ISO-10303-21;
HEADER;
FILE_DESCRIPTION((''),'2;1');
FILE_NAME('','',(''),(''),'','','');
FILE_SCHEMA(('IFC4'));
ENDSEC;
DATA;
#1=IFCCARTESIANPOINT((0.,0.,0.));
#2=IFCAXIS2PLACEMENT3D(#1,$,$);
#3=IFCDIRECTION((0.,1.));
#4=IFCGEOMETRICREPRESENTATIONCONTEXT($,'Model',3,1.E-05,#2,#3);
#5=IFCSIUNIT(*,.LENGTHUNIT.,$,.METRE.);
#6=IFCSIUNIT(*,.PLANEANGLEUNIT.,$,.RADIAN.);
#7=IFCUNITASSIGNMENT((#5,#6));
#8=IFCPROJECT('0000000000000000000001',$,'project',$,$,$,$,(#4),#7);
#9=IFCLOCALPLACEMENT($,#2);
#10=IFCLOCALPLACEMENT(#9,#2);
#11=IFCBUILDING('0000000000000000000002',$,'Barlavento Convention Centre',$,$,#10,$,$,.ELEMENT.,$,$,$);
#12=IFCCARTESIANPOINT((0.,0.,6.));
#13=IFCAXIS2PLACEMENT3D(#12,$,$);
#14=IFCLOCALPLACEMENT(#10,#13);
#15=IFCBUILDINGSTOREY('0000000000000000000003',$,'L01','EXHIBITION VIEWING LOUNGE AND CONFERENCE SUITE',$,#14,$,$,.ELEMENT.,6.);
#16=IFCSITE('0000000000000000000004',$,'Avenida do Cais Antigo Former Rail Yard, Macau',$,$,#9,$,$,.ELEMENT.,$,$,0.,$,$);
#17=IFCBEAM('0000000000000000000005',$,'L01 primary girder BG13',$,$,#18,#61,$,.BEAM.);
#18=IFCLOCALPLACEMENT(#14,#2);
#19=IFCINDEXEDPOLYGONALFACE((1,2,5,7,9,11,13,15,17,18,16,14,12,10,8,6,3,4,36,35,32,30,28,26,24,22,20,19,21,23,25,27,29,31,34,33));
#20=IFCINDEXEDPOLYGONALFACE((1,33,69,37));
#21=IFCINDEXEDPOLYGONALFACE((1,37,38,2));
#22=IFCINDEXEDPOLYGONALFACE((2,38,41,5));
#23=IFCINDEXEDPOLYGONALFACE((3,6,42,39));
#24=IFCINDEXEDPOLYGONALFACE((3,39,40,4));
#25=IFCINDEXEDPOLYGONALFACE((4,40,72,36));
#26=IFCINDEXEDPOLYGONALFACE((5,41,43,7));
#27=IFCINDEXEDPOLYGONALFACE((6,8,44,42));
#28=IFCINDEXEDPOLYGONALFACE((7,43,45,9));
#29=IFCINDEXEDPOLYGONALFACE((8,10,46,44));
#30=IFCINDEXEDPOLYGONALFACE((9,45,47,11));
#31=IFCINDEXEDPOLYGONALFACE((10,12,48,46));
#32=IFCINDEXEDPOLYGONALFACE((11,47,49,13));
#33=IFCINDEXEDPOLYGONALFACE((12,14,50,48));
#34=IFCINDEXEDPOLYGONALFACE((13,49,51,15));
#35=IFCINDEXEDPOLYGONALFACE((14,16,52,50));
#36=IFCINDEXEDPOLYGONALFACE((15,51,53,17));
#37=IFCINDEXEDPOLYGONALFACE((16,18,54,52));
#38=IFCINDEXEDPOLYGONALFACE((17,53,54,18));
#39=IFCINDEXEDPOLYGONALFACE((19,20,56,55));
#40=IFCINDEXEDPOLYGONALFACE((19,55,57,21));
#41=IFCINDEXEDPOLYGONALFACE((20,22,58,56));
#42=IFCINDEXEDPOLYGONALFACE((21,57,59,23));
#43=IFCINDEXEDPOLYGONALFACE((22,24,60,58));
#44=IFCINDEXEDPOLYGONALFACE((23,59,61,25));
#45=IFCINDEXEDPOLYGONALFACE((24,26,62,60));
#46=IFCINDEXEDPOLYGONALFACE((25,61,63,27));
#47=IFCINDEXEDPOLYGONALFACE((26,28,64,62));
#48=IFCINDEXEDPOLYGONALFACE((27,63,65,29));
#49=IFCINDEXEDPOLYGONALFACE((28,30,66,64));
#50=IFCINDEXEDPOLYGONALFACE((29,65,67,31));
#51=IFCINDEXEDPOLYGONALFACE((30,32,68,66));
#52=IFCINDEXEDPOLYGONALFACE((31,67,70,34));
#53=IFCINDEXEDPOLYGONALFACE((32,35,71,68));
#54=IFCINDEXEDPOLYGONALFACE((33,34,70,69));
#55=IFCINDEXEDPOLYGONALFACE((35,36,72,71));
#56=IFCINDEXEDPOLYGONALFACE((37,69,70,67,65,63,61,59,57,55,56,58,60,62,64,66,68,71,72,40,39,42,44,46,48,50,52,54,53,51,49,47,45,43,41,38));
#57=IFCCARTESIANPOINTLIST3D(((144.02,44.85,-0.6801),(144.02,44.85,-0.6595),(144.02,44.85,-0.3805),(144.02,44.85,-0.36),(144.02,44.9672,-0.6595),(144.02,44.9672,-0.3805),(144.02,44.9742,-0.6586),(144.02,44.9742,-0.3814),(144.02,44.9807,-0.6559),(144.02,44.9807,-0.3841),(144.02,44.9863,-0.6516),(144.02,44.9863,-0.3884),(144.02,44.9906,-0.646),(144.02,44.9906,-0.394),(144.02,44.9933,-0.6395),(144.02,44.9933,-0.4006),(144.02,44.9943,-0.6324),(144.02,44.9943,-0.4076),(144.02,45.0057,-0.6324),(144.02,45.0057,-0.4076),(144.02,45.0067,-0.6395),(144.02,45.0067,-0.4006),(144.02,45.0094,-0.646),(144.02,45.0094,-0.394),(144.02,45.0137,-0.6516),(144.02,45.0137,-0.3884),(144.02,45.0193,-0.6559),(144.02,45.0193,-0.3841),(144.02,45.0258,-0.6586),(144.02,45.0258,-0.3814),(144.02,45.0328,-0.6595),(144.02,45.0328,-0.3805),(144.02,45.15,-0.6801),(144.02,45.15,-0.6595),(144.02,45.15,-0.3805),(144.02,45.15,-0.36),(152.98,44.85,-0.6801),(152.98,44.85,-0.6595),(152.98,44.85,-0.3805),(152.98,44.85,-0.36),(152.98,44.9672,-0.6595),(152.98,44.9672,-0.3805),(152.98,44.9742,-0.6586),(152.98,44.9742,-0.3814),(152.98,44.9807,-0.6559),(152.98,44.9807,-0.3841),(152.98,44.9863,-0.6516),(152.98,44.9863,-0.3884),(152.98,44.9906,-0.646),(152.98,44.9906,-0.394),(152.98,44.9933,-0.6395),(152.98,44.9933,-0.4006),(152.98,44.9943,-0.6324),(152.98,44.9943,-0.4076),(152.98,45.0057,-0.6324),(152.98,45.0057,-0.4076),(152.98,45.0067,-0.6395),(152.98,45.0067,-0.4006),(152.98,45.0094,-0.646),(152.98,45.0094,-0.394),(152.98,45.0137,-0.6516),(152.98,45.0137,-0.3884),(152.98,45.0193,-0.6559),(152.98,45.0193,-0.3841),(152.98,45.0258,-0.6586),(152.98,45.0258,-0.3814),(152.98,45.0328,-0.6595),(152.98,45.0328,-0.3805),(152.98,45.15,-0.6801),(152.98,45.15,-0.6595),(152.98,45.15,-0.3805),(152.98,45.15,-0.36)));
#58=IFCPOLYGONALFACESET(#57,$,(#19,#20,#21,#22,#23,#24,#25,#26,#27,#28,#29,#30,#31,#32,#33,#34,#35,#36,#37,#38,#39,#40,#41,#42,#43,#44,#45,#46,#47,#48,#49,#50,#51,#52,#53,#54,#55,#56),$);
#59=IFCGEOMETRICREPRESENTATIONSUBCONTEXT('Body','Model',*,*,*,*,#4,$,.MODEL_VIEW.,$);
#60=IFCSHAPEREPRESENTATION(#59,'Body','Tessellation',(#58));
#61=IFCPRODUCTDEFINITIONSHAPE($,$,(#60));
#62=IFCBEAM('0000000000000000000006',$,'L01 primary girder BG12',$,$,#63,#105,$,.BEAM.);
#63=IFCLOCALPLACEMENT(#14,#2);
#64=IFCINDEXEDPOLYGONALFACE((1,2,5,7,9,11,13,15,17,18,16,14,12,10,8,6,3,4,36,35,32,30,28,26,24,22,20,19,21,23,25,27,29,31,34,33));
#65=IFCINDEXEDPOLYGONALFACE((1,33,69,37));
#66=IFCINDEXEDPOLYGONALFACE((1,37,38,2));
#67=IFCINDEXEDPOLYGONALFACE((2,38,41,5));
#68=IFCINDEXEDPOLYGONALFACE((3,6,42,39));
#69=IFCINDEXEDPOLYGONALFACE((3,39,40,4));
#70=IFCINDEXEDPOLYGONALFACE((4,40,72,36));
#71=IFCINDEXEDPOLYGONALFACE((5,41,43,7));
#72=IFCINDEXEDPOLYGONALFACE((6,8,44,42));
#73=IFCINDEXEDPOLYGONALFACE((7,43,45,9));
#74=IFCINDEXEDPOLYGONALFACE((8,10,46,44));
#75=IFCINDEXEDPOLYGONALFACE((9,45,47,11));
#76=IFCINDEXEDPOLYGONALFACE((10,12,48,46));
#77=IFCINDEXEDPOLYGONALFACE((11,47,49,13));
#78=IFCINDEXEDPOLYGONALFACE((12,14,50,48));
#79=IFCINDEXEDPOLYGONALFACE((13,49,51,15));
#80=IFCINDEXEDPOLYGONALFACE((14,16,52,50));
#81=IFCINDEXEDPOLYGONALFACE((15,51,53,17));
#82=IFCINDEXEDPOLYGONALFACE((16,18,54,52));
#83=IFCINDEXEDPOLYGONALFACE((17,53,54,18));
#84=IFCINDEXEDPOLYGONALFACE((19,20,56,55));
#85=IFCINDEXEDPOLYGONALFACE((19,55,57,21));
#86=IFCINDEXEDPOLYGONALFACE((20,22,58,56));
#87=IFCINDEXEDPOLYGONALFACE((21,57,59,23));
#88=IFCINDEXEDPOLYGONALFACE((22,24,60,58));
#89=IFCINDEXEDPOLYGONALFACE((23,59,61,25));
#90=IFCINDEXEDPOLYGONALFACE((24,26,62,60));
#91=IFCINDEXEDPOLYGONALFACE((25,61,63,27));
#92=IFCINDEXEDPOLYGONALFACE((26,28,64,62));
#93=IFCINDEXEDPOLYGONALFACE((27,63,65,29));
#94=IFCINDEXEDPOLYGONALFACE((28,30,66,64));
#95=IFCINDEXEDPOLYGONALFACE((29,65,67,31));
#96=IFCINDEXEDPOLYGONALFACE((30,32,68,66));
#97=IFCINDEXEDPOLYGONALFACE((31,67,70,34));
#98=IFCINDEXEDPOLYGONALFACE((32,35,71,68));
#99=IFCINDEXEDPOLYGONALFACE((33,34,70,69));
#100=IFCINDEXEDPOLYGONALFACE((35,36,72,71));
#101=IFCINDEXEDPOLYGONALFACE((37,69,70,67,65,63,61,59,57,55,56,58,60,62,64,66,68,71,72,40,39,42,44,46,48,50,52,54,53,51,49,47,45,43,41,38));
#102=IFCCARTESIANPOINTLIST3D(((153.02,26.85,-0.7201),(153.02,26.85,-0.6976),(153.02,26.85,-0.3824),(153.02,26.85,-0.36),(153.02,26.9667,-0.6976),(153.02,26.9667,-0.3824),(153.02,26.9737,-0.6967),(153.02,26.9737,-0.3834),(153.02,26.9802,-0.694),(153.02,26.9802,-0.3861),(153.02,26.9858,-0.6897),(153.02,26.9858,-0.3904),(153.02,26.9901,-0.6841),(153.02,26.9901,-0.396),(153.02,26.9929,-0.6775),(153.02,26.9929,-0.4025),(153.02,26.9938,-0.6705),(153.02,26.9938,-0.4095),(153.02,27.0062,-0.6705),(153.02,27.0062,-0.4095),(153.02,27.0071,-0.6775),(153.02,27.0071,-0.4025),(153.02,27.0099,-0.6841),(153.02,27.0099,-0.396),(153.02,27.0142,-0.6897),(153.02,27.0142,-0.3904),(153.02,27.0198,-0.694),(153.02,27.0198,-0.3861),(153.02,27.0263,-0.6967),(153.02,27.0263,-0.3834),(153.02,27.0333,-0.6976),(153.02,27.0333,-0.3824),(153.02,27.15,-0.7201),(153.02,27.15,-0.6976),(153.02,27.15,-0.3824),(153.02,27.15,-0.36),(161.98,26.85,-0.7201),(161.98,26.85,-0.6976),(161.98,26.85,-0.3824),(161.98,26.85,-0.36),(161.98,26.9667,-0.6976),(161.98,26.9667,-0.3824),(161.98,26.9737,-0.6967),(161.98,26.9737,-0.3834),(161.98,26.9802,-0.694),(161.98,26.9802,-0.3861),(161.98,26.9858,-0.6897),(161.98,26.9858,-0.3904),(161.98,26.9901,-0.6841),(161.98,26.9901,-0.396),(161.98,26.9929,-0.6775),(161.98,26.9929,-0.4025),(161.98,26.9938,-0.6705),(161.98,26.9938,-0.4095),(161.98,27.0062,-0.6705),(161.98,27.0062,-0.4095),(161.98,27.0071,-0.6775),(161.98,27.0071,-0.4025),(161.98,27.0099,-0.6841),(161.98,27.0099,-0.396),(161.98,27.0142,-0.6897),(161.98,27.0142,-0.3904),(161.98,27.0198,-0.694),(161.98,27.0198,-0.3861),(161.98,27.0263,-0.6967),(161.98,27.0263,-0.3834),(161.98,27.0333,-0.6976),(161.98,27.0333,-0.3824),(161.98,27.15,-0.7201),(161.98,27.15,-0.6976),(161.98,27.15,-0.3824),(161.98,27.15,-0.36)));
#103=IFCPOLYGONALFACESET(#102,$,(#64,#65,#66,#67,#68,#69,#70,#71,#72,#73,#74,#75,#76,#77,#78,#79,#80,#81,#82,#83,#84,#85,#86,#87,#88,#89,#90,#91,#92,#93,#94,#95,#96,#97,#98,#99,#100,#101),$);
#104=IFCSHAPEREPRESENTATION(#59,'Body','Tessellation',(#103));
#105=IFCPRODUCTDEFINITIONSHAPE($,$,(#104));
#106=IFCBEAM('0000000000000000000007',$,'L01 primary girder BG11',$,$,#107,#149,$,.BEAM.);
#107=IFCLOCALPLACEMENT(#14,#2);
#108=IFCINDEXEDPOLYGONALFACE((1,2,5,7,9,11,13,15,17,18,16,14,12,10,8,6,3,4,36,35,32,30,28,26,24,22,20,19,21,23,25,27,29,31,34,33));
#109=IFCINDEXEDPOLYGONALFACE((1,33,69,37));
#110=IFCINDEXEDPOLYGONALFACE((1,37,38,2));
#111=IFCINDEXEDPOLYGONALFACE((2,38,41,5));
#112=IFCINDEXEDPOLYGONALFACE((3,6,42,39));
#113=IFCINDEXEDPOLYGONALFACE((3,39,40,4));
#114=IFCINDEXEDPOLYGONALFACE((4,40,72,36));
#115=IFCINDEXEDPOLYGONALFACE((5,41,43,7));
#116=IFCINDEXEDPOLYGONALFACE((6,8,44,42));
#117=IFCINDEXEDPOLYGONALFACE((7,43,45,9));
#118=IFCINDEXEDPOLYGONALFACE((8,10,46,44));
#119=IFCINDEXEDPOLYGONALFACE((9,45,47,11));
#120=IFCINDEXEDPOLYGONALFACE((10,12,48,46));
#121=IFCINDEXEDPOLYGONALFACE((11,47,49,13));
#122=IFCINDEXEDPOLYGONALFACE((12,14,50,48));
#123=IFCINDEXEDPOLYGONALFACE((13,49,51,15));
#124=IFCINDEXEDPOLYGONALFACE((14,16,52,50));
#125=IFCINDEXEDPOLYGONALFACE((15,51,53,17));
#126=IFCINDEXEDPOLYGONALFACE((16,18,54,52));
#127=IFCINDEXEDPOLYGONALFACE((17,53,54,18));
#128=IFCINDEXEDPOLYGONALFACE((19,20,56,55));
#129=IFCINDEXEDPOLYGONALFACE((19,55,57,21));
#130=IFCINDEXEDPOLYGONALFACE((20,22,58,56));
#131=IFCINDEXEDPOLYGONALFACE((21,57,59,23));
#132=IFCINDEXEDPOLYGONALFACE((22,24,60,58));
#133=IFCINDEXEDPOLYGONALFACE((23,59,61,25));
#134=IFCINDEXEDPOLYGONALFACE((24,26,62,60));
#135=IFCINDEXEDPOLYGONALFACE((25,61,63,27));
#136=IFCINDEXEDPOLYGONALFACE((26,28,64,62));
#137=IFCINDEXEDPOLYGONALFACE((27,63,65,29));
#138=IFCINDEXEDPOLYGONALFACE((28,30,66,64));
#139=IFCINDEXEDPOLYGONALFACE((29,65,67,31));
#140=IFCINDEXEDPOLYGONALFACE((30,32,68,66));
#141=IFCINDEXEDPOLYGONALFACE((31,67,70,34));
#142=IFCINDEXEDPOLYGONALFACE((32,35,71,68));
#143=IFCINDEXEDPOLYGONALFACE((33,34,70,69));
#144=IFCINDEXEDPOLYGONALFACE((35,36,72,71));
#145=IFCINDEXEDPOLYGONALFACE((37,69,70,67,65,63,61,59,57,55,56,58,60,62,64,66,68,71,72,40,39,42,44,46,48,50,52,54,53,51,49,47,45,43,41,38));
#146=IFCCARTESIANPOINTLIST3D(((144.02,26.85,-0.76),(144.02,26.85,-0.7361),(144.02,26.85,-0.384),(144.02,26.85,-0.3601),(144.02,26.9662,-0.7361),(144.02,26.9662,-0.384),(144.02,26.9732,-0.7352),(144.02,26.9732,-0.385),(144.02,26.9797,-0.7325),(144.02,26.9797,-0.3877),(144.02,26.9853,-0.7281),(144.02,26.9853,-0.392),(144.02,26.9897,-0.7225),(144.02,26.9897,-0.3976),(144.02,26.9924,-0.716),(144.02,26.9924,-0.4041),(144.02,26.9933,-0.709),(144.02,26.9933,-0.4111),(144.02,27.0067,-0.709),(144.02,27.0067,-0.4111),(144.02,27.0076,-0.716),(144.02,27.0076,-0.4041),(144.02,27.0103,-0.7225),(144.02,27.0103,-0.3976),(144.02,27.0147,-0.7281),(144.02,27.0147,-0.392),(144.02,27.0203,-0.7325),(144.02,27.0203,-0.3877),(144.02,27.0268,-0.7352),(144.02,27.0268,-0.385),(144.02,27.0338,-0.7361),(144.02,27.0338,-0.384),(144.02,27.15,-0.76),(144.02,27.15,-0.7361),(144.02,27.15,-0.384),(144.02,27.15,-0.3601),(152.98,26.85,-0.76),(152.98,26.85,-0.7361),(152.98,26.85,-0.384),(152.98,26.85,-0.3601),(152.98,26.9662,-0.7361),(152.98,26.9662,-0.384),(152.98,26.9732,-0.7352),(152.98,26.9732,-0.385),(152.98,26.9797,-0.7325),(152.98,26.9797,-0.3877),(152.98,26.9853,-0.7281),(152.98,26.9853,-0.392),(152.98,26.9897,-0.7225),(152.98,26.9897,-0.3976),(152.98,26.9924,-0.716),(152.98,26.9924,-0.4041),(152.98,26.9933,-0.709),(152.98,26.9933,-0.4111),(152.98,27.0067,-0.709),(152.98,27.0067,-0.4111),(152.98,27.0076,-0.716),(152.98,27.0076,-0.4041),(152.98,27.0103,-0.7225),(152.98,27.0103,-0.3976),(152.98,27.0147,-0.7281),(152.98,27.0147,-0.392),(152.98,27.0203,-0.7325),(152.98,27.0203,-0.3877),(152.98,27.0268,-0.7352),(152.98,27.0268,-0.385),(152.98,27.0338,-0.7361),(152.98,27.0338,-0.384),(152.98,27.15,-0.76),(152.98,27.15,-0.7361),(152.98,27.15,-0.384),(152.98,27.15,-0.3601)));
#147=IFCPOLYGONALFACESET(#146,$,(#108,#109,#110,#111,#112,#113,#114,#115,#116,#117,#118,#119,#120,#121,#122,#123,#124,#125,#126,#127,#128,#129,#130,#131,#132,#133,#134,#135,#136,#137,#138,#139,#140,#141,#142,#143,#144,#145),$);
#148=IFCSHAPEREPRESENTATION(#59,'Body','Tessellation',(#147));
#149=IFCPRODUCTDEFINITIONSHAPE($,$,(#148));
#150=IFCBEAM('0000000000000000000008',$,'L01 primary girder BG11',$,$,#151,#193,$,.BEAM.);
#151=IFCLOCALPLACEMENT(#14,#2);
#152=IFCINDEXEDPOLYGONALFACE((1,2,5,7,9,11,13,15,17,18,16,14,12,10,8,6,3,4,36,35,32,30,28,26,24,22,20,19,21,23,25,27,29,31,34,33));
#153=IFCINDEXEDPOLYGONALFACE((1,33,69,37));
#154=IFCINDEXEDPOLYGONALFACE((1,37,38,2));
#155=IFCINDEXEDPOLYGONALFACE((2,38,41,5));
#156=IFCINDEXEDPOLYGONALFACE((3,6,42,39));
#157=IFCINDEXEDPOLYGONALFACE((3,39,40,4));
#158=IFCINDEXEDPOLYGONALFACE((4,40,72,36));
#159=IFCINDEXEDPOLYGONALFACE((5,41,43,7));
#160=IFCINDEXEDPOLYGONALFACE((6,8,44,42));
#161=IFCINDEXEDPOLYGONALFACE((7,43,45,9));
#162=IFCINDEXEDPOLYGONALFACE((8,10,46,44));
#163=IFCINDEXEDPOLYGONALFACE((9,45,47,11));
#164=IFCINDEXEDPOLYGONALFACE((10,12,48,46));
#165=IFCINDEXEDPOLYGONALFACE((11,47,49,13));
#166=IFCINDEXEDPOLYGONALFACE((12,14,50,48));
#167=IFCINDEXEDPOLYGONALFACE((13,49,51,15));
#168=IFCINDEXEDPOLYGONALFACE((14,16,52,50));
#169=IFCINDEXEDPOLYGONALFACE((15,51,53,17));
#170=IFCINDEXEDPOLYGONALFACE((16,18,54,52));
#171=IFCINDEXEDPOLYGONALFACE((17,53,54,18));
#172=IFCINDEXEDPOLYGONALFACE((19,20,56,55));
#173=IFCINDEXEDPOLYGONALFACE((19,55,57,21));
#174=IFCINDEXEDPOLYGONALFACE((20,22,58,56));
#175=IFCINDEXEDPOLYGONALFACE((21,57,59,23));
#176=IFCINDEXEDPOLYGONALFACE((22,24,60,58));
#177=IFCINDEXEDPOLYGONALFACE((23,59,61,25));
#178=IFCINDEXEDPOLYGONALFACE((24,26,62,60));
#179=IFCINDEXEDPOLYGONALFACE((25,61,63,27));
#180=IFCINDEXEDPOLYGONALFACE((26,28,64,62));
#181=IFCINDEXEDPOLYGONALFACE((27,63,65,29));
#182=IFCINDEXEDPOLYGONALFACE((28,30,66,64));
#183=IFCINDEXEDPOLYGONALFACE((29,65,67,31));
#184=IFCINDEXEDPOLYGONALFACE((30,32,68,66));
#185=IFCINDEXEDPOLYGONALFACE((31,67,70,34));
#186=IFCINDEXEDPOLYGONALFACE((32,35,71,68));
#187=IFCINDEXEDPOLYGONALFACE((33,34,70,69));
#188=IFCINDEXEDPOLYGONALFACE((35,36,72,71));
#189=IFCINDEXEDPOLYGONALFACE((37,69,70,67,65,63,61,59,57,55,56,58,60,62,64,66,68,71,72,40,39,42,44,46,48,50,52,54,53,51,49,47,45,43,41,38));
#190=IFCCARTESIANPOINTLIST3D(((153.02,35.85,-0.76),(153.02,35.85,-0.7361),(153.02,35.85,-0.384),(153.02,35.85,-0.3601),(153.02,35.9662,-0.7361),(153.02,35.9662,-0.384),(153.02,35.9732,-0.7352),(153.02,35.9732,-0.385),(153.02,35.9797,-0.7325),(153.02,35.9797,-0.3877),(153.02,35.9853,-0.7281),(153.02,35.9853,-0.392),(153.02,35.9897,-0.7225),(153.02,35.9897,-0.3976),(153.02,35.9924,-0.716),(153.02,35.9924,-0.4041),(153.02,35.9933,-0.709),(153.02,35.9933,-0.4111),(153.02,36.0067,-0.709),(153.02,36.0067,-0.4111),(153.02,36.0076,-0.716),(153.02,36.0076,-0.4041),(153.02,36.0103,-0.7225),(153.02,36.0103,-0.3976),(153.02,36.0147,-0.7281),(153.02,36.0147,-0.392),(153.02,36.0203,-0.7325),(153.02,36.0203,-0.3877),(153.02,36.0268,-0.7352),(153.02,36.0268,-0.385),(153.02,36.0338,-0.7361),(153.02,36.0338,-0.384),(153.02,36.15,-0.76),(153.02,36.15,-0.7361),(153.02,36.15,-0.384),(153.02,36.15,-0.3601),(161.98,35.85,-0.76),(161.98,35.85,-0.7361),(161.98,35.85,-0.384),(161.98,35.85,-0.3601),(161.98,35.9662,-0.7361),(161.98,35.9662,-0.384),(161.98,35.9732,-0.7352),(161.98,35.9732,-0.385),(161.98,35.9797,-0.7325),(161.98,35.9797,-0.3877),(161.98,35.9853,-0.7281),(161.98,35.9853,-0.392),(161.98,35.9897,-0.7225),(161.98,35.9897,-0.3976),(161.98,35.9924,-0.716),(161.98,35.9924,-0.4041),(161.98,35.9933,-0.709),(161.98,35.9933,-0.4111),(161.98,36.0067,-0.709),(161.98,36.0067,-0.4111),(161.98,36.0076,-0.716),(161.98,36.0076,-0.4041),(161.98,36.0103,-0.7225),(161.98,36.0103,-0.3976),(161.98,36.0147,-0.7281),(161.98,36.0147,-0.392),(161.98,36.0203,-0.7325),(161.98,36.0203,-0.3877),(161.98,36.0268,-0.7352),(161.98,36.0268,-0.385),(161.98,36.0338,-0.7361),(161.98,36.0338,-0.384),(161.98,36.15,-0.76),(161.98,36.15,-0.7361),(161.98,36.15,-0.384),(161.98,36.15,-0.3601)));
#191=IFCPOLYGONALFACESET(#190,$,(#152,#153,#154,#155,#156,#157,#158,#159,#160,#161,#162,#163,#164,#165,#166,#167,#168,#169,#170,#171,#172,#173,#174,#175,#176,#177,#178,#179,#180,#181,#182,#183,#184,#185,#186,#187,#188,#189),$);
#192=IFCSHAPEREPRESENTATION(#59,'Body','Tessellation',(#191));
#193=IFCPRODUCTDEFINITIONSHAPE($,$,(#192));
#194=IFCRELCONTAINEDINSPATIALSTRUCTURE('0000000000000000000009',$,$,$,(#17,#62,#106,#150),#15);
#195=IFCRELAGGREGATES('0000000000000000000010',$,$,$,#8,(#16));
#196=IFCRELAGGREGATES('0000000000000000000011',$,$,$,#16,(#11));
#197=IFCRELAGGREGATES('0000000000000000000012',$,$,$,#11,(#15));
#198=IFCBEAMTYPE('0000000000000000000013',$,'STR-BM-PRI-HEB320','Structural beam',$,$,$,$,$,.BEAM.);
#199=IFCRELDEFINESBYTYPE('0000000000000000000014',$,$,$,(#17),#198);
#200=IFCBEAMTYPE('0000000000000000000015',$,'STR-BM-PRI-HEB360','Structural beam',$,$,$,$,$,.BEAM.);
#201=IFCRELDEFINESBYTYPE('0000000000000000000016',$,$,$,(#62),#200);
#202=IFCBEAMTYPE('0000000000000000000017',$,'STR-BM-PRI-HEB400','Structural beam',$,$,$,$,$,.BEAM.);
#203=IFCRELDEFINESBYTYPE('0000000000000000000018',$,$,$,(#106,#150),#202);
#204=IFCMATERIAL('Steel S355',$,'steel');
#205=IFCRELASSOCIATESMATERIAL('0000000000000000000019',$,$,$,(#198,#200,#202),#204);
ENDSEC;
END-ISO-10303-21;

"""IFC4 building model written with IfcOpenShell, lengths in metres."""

from ifc_helpers import new_model, si_unit, direction, frame, origin, origin_2d, place, context, subcontext, project, spatial, i_section, extrude, material, material_profile, profile_set, type_object, element, save


model = new_model("IFC4")

# Units and contexts
model_context = context("Model", 3, precision=1e-05, world=origin(), true_north=direction((0.0, 1.0)))
body_context = subcontext(model_context, "Body", "Model", "MODEL_VIEW")
ifc_project = project(units=[si_unit("LENGTHUNIT", "METRE"), si_unit("PLANEANGLEUNIT", "RADIAN")], contexts=[model_context])

# Site, building, storey
site_placement = place(None, origin())
site = spatial("IfcSite", under=ifc_project, at=site_placement, Name="Avenida do Cais Antigo Former Rail Yard, Macau", CompositionType="ELEMENT", RefElevation=0.0)
building_placement = place(site_placement, origin())
building = spatial("IfcBuilding", under=site, at=building_placement, Name="Barlavento Convention Centre", CompositionType="ELEMENT")
storey_placement = place(building_placement, frame((0.0, 0.0, 6.0)))
storey = spatial("IfcBuildingStorey", under=building, at=storey_placement, Name="L01", Description="EXHIBITION VIEWING LOUNGE AND CONFERENCE SUITE", CompositionType="ELEMENT", Elevation=6.0)

# Shared definitions
ifc_material_1 = material(Name="Steel S355", Category="steel")

# Beams
ifc_material_profile_1 = material_profile(ifc_material_1, i_section(OverallWidth=0.3, OverallDepth=0.3201, WebThickness=0.0115, FlangeThickness=0.0205, FilletRadius=0.0271, at=origin_2d()), Name="HEB 320")
ifc_profile_set_1 = profile_set([ifc_material_profile_1], Name="Steel S355")
beam_type_1 = type_object("IfcBeamType", Name="STR-BM-PRI-HEB320", Description="Structural beam", PredefinedType="BEAM", material=ifc_profile_set_1)
beam_1_placement = place(storey_placement, frame((144.02, 45.0, -0.52), z_axis=(1.0, 0.0, 0.0), x_axis=(0.0, 1.0, 0.0)))
element("IfcBeam", 1, at=beam_1_placement, inside=storey, type_object=beam_type_1, Name="L01 primary girder BG13", PredefinedType="BEAM", context=body_context, shape_type="SweptSolid", body=[
    extrude(i_section(OverallWidth=0.3, OverallDepth=0.3201, WebThickness=0.0115, FlangeThickness=0.0205, FilletRadius=0.0271, at=origin_2d()), origin(), (0.0, 0.0, 1.0), 8.96),
])
ifc_material_profile_2 = material_profile(ifc_material_1, i_section(OverallWidth=0.3, OverallDepth=0.3601, WebThickness=0.0125, FlangeThickness=0.0225, FilletRadius=0.0271, at=origin_2d()), Name="HEB 360")
ifc_profile_set_2 = profile_set([ifc_material_profile_2], Name="Steel S355")
beam_type_2 = type_object("IfcBeamType", Name="STR-BM-PRI-HEB360", Description="Structural beam", PredefinedType="BEAM", material=ifc_profile_set_2)
beam_2_placement = place(storey_placement, frame((153.02, 27.0, -0.54), z_axis=(1.0, 0.0, 0.0), x_axis=(0.0, 1.0, 0.0)))
element("IfcBeam", 2, at=beam_2_placement, inside=storey, type_object=beam_type_2, Name="L01 primary girder BG12", PredefinedType="BEAM", context=body_context, shape_type="SweptSolid", body=[
    extrude(i_section(OverallWidth=0.3, OverallDepth=0.3601, WebThickness=0.0125, FlangeThickness=0.0225, FilletRadius=0.0271, at=origin_2d()), origin(), (0.0, 0.0, 1.0), 8.96),
])
ifc_material_profile_3 = material_profile(ifc_material_1, i_section(OverallWidth=0.3, OverallDepth=0.3999, WebThickness=0.0134, FlangeThickness=0.0239, FilletRadius=0.0271, at=origin_2d()), Name="HEB 400")
ifc_profile_set_3 = profile_set([ifc_material_profile_3], Name="Steel S355")
beam_type_3 = type_object("IfcBeamType", Name="STR-BM-PRI-HEB400", Description="Structural beam", PredefinedType="BEAM", material=ifc_profile_set_3)
for number, where, z_axis, x_axis, name in (
    (3, (144.02, 27.0, -0.5601), (1.0, 0.0, 0.0), (0.0, 1.0, 0.0), "L01 primary girder BG11"),
    (4, (153.02, 36.0, -0.5601), (1.0, 0.0, 0.0), (0.0, 1.0, 0.0), "L01 primary girder BG11"),
):
    element("IfcBeam", number, at=place(storey_placement, frame(where, z_axis=z_axis, x_axis=x_axis)), inside=storey, type_object=beam_type_3, Name=name, PredefinedType="BEAM", context=body_context, shape_type="SweptSolid", body=[
        extrude(i_section(OverallWidth=0.3, OverallDepth=0.3999, WebThickness=0.0134, FlangeThickness=0.0239, FilletRadius=0.0271, at=origin_2d()), origin(), (0.0, 0.0, 1.0), 8.96),
    ])

save(model, "model.ifc")
